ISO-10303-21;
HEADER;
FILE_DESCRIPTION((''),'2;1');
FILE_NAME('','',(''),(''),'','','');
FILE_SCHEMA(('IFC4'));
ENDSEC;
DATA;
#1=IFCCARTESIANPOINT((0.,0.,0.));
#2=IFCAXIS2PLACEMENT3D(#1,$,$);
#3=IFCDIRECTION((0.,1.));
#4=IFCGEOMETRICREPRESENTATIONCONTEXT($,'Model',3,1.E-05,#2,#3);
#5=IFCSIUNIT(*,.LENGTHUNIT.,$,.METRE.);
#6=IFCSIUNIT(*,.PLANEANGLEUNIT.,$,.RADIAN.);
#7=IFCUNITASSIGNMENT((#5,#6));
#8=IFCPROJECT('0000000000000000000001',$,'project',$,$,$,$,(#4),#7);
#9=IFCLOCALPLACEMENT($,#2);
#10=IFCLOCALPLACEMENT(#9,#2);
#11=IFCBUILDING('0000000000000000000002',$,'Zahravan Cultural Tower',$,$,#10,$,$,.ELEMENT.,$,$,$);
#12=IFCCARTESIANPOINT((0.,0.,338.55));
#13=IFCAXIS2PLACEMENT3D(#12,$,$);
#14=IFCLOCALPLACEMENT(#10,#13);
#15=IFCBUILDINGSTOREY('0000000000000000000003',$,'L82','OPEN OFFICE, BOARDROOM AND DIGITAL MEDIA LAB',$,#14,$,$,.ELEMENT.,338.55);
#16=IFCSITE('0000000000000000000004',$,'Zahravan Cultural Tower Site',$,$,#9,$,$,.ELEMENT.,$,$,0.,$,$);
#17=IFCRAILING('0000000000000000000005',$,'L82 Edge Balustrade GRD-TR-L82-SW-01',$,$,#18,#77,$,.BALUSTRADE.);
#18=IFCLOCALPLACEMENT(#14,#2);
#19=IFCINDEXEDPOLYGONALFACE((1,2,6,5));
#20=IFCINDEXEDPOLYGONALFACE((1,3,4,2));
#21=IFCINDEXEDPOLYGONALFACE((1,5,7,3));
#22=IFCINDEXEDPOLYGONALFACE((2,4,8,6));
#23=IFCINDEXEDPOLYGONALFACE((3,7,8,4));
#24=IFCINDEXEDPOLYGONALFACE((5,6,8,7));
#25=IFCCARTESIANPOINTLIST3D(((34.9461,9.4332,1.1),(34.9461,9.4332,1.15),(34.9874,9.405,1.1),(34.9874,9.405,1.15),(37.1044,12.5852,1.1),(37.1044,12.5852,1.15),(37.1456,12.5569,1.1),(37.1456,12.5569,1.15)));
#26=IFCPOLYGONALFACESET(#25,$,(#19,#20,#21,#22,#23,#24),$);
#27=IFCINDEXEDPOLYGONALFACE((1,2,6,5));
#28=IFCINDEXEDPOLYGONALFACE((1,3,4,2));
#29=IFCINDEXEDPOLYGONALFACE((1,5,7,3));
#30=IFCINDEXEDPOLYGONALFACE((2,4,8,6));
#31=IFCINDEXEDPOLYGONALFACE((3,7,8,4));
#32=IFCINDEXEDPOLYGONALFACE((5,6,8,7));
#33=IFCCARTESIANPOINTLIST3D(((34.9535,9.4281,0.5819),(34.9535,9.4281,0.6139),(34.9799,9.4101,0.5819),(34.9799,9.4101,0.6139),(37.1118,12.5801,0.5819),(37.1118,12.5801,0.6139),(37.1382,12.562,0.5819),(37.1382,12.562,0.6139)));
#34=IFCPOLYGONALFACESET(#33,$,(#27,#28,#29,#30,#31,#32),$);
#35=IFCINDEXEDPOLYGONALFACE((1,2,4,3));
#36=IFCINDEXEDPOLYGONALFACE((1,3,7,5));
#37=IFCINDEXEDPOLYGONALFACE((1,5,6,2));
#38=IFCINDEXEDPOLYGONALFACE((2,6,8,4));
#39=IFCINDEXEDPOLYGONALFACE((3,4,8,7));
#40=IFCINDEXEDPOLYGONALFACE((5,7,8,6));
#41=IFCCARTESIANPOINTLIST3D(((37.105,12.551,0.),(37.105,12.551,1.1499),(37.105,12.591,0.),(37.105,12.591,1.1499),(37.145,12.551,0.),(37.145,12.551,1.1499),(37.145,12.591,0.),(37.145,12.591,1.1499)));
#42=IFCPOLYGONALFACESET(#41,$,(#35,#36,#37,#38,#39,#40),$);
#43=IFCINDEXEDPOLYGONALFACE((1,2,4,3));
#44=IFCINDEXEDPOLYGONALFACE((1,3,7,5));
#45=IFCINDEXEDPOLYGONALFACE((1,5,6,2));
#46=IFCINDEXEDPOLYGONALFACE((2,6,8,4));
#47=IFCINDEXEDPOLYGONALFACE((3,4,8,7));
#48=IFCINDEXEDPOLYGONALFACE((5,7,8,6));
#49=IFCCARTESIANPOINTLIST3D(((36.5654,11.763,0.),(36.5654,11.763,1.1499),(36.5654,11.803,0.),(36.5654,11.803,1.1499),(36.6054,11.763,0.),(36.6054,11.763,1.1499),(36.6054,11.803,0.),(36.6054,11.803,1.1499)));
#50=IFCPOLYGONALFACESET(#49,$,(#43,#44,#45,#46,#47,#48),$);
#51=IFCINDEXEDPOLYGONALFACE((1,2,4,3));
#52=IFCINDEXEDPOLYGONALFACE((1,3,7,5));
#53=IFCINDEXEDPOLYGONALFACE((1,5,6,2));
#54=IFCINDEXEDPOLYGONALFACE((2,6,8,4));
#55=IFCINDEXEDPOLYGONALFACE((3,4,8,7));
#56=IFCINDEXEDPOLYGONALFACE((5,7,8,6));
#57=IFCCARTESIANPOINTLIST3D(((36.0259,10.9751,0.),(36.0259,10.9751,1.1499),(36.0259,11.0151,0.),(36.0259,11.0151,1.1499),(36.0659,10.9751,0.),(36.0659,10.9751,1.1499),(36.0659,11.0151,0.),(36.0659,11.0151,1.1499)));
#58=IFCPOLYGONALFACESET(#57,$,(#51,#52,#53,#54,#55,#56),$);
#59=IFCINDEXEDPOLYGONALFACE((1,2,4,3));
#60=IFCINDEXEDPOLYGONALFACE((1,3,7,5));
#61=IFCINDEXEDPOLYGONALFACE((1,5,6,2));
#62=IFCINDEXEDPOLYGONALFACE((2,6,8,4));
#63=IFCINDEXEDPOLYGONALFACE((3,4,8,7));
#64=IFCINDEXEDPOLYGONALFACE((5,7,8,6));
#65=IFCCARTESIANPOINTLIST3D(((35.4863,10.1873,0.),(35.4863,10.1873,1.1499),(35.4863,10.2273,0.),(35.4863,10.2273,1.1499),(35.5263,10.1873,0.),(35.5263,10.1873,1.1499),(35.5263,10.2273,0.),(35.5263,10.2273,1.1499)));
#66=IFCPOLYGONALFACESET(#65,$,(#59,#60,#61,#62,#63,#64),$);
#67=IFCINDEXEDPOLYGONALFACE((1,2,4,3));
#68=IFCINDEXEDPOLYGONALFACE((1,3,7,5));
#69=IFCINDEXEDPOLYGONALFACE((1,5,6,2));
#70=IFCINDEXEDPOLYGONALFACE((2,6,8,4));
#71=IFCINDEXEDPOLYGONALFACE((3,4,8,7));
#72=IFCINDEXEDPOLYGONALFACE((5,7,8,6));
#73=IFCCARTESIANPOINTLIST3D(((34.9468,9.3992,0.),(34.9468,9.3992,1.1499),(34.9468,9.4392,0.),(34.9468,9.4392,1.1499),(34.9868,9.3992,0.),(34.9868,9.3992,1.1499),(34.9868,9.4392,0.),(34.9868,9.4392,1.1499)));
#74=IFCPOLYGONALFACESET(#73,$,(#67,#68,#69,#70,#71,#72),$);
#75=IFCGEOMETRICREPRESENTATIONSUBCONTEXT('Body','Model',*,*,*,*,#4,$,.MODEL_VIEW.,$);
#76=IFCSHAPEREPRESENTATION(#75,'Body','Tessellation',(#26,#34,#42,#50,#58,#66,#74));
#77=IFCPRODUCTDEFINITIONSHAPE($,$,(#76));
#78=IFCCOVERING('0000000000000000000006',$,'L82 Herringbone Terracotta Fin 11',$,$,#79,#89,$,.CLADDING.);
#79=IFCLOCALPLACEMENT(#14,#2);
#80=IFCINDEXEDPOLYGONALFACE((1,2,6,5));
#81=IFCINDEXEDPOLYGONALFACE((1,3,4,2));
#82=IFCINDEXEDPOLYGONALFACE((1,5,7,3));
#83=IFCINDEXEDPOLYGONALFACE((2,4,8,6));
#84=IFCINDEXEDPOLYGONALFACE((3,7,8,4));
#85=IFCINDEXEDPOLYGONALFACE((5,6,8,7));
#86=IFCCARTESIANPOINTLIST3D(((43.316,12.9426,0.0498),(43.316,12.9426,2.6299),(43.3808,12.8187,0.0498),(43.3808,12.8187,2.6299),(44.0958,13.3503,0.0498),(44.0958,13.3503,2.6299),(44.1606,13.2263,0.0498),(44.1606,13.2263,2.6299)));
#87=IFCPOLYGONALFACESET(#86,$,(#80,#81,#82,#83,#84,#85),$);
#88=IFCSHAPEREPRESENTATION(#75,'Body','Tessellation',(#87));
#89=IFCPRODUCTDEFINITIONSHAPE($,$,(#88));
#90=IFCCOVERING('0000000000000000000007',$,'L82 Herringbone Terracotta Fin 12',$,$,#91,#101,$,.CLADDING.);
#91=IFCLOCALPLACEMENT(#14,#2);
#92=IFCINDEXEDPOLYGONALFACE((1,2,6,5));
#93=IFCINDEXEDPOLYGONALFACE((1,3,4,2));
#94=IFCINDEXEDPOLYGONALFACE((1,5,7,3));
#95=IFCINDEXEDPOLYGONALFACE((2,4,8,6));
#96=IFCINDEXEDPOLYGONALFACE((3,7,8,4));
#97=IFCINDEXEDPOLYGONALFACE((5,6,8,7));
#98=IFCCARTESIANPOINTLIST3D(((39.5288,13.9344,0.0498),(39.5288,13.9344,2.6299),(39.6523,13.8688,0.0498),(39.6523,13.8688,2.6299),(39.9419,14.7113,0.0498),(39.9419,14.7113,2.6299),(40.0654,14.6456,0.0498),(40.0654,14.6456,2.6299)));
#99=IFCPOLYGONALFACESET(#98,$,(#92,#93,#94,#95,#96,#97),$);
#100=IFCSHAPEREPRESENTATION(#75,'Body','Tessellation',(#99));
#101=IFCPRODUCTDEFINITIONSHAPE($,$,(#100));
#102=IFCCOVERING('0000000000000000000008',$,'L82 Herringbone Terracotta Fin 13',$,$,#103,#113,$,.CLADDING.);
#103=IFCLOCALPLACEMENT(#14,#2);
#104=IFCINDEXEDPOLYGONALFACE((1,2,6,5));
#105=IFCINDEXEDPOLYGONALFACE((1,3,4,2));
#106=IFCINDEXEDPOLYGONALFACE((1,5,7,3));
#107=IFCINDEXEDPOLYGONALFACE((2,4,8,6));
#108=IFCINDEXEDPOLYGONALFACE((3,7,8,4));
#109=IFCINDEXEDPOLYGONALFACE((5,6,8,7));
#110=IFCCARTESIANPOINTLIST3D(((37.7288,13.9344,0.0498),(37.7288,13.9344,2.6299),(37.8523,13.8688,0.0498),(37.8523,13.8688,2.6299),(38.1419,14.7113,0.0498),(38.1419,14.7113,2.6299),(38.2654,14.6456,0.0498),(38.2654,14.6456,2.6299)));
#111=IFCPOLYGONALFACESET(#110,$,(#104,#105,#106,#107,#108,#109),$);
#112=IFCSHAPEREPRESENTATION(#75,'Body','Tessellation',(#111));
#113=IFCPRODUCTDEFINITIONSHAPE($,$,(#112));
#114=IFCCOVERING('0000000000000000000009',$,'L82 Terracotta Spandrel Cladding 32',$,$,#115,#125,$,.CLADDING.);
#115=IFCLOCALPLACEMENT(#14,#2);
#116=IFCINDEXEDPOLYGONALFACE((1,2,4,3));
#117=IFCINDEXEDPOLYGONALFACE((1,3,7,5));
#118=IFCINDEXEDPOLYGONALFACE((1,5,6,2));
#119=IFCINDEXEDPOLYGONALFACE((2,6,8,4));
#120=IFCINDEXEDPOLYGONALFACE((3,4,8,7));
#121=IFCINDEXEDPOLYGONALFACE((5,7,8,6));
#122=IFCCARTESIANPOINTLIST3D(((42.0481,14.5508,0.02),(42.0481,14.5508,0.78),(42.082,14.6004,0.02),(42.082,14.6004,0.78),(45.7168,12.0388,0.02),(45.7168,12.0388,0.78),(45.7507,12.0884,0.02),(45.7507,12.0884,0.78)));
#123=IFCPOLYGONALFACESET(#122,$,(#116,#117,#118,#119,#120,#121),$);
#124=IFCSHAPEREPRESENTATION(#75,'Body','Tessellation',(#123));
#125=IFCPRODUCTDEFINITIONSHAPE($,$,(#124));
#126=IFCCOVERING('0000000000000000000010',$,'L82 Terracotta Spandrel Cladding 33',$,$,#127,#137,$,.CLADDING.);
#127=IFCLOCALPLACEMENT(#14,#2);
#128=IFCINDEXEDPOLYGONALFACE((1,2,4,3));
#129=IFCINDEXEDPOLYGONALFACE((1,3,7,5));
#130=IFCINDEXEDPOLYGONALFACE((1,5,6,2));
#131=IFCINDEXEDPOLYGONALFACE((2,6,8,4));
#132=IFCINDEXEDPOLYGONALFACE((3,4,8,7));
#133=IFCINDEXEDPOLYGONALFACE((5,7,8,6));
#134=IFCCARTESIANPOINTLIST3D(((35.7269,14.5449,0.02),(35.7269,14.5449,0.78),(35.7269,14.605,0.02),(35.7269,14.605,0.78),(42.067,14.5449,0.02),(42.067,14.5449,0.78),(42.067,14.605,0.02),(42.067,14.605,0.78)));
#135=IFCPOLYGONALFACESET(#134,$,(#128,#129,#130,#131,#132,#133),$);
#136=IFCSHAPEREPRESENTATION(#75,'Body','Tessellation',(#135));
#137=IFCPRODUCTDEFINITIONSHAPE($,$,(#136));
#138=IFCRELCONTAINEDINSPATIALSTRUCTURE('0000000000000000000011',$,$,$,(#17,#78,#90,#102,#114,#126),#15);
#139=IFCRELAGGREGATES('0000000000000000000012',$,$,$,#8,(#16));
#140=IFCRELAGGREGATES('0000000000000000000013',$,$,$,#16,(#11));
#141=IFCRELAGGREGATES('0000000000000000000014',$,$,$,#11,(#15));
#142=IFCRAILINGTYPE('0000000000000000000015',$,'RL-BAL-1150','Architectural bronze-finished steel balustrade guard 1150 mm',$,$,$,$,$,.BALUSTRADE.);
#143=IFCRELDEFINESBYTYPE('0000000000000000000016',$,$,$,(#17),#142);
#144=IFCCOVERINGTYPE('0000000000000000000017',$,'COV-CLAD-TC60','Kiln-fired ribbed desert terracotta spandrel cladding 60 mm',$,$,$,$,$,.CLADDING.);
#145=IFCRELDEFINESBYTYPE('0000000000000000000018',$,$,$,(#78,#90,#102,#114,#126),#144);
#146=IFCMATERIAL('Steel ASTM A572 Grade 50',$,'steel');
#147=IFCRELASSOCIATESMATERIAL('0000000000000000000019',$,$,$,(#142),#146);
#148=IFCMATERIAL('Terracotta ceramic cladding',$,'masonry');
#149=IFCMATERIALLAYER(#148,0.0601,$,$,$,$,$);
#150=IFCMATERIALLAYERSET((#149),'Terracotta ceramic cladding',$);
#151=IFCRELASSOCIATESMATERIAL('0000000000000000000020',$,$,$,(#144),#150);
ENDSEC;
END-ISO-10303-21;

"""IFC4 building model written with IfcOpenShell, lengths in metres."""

from ifc_helpers import new_model, si_unit, direction, frame, origin, origin_2d, place, context, subcontext, project, spatial, rectangle, extrude, source, transform, mapped, material, layer, layer_set, type_object, element, save


model = new_model("IFC4")

# Units and contexts
model_context = context("Model", 3, precision=1e-05, world=origin(), true_north=direction((0.0, 1.0)))
body_context = subcontext(model_context, "Body", "Model", "MODEL_VIEW")
ifc_project = project(units=[si_unit("LENGTHUNIT", "METRE"), si_unit("PLANEANGLEUNIT", "RADIAN")], contexts=[model_context])

# Site, building, storey
site_placement = place(None, origin())
site = spatial("IfcSite", under=ifc_project, at=site_placement, Name="Zahravan Cultural Tower Site", CompositionType="ELEMENT", RefElevation=0.0)
building_placement = place(site_placement, origin())
building = spatial("IfcBuilding", under=site, at=building_placement, Name="Zahravan Cultural Tower", CompositionType="ELEMENT")
storey_placement = place(building_placement, frame((0.0, 0.0, 338.55)))
storey = spatial("IfcBuildingStorey", under=building, at=storey_placement, Name="L82", Description="OPEN OFFICE, BOARDROOM AND DIGITAL MEDIA LAB", CompositionType="ELEMENT", Elevation=338.55)

# Shared definitions
ifc_material_1 = material(Name="Steel ASTM A572 Grade 50", Category="steel")

# Railing
railing_type = type_object("IfcRailingType", Name="RL-BAL-1150", Description="Architectural bronze-finished steel balustrade guard 1150 mm", PredefinedType="BALUSTRADE", material=ifc_material_1)
railing_placement = place(storey_placement, frame((37.125, 12.571, 0.0)))
element("IfcRailing", 1, at=railing_placement, inside=storey, type_object=railing_type, Name="L82 Edge Balustrade GRD-TR-L82-SW-01", PredefinedType="BALUSTRADE", context=body_context, shape_type="SweptSolid", body=[
    extrude(rectangle(XDim=0.05, YDim=0.05, at=origin_2d()), frame((0.0, 0.0, 1.125), z_axis=(-0.564982, -0.825103, 0.0), x_axis=(0.825103, -0.564982, 0.0)), (0.0, 0.0, 1.0), 3.8201),
    extrude(rectangle(XDim=0.032, YDim=0.032, at=origin_2d()), frame((0.0, 0.0, 0.5979), z_axis=(-0.564982, -0.825103, 0.0), x_axis=(0.825103, -0.564982, 0.0)), (0.0, 0.0, 1.0), 3.8201),
    extrude(rectangle(XDim=0.04, YDim=0.04, at=origin_2d()), origin(), (0.0, 0.0, 1.0), 1.1499),
    extrude(rectangle(XDim=0.04, YDim=0.04, at=origin_2d()), frame((-0.5396, -0.7881, 0.0)), (0.0, 0.0, 1.0), 1.1499),
    extrude(rectangle(XDim=0.04, YDim=0.04, at=origin_2d()), frame((-1.0791, -1.5759, 0.0)), (0.0, 0.0, 1.0), 1.1499),
    extrude(rectangle(XDim=0.04, YDim=0.04, at=origin_2d()), frame((-1.6187, -2.3638, 0.0)), (0.0, 0.0, 1.0), 1.1499),
    extrude(rectangle(XDim=0.04, YDim=0.04, at=origin_2d()), frame((-2.1582, -3.1519, 0.0)), (0.0, 0.0, 1.0), 1.1499),
])

# Coverings
ifc_material_2 = material(Name="Terracotta ceramic cladding", Category="masonry")
ifc_layer_1 = layer(ifc_material_2, 0.0601)
ifc_layer_set_1 = layer_set([ifc_layer_1], Name="Terracotta ceramic cladding")
covering_type = type_object("IfcCoveringType", Name="COV-CLAD-TC60", Description="Kiln-fired ribbed desert terracotta spandrel cladding 60 mm", PredefinedType="CLADDING", material=ifc_layer_set_1)
shared_shape_1 = source(origin(), body_context, "Body", "SweptSolid", [
    extrude(rectangle(XDim=0.8799, YDim=0.1399, at=origin_2d()), origin(), (0.0, 0.0, 1.0), 2.5801),
])
for number, where, z_axis, x_axis, name in (
    (2, (43.7383, 13.0845, 0.0498), (0.0, 0.0, 1.0), (-0.886204, -0.463296, 0.0), "L82 Herringbone Terracotta Fin 11"),
    (3, (39.7971, 14.29, 0.0498), (0.0, 0.0, 1.0), (-0.469472, -0.882948, 0.0), "L82 Herringbone Terracotta Fin 12"),
    (4, (37.9971, 14.29, 0.0498), (0.0, 0.0, 1.0), (-0.469472, -0.882948, 0.0), "L82 Herringbone Terracotta Fin 13"),
):
    element("IfcCovering", number, at=place(storey_placement, frame(where, z_axis=z_axis, x_axis=x_axis)), inside=storey, type_object=covering_type, Name=name, PredefinedType="CLADDING", context=body_context, shape_type="MappedRepresentation", body=[
        mapped(shared_shape_1, transform((0.0, 0.0, 0.0), x_axis=(1.0, 0.0, 0.0), y_axis=(0.0, 1.0, 0.0), z_axis=(0.0, 0.0, 1.0), scale=1.0)),
    ])
shared_shape_2 = source(origin(), body_context, "Body", "SweptSolid", [
    extrude(rectangle(XDim=4.4463, YDim=0.0601, at=origin_2d()), origin(), (0.0, 0.0, 1.0), 0.76),
])
covering_1_placement = place(storey_placement, frame((43.8994, 13.3196, 0.02), z_axis=(0.0, 0.0, 1.0), x_axis=(-0.825113, 0.564967, 0.0)))
element("IfcCovering", 5, at=covering_1_placement, inside=storey, type_object=covering_type, Name="L82 Terracotta Spandrel Cladding 32", PredefinedType="CLADDING", context=body_context, shape_type="MappedRepresentation", body=[
    mapped(shared_shape_2, transform((0.0, 0.0, 0.0), x_axis=(1.0, 0.0, 0.0), y_axis=(0.0, 1.0, 0.0), z_axis=(0.0, 0.0, 1.0), scale=1.0)),
])
shared_shape_3 = source(origin(), body_context, "Body", "SweptSolid", [
    extrude(rectangle(XDim=6.3401, YDim=0.0601, at=origin_2d()), origin(), (0.0, 0.0, 1.0), 0.76),
])
covering_2_placement = place(storey_placement, frame((38.897, 14.575, 0.02), z_axis=(0.0, 0.0, 1.0), x_axis=(-1.0, 0.0, 0.0)))
element("IfcCovering", 6, at=covering_2_placement, inside=storey, type_object=covering_type, Name="L82 Terracotta Spandrel Cladding 33", PredefinedType="CLADDING", context=body_context, shape_type="MappedRepresentation", body=[
    mapped(shared_shape_3, transform((0.0, 0.0, 0.0), x_axis=(1.0, 0.0, 0.0), y_axis=(0.0, 1.0, 0.0), z_axis=(0.0, 0.0, 1.0), scale=1.0)),
])

save(model, "model.ifc")
